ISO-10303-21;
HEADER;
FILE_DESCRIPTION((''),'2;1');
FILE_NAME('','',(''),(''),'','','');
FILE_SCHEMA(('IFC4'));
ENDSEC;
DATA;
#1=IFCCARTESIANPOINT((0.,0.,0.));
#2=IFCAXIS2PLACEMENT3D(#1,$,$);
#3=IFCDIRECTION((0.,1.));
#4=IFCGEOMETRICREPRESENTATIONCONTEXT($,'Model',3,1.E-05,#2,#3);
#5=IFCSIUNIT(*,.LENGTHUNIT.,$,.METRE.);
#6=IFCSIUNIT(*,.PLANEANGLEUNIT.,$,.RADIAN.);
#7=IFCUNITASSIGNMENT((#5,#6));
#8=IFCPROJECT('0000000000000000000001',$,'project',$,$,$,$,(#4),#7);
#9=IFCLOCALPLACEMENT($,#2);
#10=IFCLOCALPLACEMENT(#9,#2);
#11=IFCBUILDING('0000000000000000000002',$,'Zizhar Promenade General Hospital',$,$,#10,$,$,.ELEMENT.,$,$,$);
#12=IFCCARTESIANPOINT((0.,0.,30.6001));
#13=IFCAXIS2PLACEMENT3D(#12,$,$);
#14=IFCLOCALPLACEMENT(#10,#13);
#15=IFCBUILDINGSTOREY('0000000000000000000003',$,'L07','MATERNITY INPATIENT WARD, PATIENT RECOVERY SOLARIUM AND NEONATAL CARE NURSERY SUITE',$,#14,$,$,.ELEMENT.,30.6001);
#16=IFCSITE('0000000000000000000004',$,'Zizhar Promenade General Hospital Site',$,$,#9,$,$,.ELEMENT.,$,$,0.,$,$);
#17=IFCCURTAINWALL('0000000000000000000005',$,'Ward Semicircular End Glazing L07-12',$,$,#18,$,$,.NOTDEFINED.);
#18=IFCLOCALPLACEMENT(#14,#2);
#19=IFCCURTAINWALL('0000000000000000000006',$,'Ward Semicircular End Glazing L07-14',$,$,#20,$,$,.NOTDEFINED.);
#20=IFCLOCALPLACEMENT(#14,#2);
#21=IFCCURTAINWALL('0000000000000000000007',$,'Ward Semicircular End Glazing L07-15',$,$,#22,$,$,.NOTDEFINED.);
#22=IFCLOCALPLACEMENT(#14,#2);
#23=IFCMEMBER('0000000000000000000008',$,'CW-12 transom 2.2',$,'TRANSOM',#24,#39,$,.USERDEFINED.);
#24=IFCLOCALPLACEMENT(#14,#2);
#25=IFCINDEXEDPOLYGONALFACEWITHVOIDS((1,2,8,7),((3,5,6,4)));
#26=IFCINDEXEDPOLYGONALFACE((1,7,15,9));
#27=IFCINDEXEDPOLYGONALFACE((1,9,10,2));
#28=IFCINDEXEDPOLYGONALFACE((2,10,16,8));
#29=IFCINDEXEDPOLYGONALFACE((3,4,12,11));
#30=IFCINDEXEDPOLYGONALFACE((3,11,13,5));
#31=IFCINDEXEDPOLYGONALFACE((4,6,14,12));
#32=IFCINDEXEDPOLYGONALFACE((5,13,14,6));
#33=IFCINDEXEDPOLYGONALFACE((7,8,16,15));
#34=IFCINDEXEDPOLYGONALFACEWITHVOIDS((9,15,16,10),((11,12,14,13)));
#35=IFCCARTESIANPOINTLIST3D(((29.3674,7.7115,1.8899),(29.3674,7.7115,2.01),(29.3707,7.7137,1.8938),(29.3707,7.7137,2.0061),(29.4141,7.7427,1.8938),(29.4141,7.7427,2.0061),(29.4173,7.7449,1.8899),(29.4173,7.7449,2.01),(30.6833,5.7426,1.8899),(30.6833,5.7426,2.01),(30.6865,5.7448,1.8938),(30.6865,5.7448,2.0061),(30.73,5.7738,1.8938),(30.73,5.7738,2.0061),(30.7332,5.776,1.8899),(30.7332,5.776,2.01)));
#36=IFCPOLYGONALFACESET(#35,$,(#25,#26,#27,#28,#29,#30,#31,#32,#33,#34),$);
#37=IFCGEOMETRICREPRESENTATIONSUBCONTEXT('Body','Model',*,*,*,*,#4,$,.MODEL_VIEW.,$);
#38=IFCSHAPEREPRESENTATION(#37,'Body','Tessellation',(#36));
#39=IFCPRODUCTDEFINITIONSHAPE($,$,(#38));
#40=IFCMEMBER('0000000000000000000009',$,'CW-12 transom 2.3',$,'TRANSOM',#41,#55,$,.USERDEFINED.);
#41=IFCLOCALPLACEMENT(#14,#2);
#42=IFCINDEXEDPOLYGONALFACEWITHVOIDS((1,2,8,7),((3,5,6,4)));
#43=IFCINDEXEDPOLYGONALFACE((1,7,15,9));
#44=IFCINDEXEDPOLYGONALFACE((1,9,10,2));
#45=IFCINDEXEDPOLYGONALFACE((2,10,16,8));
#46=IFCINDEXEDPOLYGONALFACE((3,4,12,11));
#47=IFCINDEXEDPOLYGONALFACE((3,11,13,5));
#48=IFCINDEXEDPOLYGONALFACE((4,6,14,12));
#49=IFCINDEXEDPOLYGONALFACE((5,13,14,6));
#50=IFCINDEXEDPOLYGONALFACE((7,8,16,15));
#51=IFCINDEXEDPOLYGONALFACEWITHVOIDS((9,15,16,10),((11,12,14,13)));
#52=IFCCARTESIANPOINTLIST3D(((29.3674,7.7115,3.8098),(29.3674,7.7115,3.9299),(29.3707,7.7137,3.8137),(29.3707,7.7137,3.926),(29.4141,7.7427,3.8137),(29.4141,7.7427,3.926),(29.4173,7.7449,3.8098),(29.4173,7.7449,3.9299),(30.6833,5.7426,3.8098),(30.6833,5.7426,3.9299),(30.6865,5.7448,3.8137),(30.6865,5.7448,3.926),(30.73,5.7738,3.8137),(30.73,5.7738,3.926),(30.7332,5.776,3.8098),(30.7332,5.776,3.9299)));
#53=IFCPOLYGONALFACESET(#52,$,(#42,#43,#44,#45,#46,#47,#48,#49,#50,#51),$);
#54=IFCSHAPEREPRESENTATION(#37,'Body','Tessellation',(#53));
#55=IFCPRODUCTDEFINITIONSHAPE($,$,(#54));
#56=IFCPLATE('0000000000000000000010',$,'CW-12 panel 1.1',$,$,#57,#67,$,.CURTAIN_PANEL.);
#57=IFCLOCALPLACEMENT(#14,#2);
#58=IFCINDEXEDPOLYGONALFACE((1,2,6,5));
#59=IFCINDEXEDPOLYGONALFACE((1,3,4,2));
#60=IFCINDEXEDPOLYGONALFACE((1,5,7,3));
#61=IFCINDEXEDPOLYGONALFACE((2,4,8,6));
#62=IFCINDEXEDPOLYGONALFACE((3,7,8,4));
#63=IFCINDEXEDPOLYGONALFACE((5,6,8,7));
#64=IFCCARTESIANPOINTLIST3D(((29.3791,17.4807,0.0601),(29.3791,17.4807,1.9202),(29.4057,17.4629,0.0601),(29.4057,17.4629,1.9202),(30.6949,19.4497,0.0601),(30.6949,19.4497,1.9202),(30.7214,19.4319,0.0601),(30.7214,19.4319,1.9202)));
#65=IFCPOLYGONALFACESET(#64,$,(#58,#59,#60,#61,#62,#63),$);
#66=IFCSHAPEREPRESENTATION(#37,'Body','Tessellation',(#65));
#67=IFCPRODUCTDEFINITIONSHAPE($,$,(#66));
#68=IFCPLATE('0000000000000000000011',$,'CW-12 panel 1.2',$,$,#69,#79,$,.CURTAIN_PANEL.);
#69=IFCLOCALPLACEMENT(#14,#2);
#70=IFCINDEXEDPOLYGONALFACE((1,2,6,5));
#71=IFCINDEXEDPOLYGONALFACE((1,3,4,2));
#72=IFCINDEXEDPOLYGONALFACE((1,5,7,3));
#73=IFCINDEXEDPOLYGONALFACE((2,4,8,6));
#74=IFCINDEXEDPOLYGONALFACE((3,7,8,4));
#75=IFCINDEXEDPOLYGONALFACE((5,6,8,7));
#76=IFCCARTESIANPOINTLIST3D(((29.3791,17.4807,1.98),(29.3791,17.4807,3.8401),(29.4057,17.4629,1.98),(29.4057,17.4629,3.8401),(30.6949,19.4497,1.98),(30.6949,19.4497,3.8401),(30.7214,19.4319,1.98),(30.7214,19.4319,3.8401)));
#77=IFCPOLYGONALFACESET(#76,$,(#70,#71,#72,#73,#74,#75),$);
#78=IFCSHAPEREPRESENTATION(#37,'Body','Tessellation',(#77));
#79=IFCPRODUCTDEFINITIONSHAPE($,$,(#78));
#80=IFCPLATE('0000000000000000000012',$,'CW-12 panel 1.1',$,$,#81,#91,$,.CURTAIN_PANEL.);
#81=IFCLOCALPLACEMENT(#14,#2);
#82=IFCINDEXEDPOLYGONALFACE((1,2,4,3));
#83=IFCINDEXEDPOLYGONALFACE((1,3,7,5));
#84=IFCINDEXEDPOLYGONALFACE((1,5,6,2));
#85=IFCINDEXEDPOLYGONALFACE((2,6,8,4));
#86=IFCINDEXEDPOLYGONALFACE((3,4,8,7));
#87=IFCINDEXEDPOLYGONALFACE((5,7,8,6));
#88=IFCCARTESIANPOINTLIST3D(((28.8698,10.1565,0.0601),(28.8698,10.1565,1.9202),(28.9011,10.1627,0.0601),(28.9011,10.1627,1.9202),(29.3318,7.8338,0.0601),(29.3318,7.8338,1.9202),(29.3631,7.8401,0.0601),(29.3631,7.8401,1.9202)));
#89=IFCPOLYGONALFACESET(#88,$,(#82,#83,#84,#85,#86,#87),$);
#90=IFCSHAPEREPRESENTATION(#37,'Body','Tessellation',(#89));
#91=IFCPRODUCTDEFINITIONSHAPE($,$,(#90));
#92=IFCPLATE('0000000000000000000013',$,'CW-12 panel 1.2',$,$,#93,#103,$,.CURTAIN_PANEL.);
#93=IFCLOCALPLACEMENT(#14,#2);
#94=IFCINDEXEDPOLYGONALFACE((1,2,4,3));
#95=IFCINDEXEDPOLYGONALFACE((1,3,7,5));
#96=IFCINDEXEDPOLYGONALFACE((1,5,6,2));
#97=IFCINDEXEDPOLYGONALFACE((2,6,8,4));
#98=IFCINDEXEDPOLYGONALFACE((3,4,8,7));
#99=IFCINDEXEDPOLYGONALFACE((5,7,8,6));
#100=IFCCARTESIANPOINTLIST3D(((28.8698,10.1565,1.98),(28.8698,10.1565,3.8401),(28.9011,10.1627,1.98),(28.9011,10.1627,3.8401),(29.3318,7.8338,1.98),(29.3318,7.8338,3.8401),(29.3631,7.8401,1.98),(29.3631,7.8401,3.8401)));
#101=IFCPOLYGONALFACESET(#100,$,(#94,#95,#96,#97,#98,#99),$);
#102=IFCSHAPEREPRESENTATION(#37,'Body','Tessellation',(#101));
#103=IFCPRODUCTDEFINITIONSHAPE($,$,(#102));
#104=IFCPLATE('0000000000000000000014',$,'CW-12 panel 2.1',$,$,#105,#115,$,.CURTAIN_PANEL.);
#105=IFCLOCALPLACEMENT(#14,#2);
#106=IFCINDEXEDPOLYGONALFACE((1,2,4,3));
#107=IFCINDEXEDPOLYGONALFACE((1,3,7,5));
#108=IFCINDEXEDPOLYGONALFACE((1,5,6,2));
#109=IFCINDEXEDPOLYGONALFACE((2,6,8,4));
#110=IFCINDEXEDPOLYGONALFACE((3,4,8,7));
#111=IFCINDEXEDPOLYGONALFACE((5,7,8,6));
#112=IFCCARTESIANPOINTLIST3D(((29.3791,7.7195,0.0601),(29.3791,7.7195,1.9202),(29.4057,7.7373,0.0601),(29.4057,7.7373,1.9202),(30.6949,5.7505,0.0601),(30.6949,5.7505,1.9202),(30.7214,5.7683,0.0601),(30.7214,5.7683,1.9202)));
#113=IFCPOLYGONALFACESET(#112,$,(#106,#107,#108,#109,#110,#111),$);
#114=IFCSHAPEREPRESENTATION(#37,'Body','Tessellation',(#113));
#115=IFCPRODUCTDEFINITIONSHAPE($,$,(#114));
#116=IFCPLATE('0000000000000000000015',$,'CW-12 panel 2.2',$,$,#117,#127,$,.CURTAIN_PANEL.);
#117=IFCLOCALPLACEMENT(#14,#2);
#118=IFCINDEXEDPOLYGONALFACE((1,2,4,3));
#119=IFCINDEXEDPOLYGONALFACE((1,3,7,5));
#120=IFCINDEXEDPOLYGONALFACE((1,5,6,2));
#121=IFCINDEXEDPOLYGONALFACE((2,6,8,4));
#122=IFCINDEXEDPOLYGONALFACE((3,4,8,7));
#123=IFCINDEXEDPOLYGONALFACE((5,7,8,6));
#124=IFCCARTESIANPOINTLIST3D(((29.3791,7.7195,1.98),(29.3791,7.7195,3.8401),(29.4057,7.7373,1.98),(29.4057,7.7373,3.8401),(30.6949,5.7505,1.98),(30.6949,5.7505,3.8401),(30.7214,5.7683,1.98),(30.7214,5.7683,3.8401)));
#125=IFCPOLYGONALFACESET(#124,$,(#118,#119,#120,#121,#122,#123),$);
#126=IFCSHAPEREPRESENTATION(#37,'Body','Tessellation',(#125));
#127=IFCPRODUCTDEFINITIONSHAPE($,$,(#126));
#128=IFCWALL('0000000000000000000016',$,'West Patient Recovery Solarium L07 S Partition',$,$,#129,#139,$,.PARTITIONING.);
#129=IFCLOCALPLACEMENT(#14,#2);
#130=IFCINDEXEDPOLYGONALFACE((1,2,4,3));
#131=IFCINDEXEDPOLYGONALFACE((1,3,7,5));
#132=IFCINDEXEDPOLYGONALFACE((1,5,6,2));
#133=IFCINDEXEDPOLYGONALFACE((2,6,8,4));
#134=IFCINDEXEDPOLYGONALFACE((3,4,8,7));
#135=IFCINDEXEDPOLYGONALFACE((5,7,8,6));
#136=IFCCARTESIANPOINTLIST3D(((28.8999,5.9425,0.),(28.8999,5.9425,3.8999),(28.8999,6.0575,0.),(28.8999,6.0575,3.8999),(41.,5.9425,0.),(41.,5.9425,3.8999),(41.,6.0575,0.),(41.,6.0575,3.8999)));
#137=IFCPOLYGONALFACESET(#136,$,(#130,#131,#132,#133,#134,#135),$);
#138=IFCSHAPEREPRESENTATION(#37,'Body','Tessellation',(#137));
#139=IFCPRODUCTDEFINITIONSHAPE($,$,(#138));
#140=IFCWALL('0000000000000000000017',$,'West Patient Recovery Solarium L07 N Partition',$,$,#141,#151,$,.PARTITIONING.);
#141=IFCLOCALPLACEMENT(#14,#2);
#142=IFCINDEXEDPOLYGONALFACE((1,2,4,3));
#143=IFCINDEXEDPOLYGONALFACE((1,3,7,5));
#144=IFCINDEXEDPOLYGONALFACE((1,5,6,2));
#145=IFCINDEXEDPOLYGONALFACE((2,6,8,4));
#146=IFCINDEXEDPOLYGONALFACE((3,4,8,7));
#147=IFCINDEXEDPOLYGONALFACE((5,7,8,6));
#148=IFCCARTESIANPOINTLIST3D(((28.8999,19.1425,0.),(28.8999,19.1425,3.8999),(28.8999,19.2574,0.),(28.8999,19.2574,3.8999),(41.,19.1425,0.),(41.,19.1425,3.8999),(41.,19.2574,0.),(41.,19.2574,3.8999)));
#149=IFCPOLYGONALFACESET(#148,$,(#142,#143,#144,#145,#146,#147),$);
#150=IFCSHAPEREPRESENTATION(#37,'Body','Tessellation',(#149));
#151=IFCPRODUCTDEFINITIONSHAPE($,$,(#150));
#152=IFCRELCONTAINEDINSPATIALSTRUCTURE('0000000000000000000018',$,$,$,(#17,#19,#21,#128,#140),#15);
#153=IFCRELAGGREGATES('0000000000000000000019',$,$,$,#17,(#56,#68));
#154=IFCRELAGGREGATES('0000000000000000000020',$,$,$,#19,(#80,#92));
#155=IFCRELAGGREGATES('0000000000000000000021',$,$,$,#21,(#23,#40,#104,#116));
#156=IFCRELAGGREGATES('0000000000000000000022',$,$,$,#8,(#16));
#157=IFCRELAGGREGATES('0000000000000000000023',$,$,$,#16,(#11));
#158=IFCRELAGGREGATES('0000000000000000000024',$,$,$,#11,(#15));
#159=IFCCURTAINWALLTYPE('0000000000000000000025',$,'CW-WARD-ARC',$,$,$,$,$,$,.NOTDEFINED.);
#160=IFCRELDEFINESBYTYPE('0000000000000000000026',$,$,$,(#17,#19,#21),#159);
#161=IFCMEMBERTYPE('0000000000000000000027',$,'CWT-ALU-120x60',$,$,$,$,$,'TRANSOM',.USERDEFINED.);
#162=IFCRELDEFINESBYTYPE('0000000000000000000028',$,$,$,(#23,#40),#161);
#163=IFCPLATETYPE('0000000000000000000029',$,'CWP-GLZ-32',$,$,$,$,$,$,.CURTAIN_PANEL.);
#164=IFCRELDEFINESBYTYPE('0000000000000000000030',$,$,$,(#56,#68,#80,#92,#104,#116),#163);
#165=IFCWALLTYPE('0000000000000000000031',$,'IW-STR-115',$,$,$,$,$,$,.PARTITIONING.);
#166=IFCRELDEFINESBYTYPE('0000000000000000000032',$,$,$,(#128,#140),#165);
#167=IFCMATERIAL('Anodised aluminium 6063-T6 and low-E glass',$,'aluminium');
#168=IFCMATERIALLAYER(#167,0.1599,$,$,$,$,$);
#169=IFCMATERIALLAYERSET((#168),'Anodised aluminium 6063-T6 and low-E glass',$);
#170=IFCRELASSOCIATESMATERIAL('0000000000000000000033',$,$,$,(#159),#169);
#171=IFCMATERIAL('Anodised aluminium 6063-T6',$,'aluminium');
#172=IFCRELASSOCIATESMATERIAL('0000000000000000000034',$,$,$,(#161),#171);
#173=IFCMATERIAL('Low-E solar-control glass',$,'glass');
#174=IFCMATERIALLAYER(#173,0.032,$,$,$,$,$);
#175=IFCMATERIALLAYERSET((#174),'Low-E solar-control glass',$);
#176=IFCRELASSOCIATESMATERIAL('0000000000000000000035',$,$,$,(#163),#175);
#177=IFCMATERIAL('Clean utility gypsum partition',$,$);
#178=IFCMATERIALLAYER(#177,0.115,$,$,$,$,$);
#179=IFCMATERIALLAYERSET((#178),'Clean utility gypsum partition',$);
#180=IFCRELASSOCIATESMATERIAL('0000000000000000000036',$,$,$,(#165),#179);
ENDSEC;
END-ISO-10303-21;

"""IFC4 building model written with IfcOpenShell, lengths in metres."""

from ifc_helpers import new_model, si_unit, direction, frame, frame_2d, origin, origin_2d, place, context, subcontext, project, spatial, rectangle, hollow_rectangle, extrude, material, layer, layer_set, material_profile, profile_set, type_object, element, aggregate, save


model = new_model("IFC4")

# Units and contexts
model_context = context("Model", 3, precision=1e-05, world=origin(), true_north=direction((0.0, 1.0)))
body_context = subcontext(model_context, "Body", "Model", "MODEL_VIEW")
ifc_project = project(units=[si_unit("LENGTHUNIT", "METRE"), si_unit("PLANEANGLEUNIT", "RADIAN")], contexts=[model_context])

# Site, building, storey
site_placement = place(None, origin())
site = spatial("IfcSite", under=ifc_project, at=site_placement, Name="Zizhar Promenade General Hospital Site", CompositionType="ELEMENT", RefElevation=0.0)
building_placement = place(site_placement, origin())
building = spatial("IfcBuilding", under=site, at=building_placement, Name="Zizhar Promenade General Hospital", CompositionType="ELEMENT")
storey_placement = place(building_placement, frame((0.0, 0.0, 30.6001)))
storey = spatial("IfcBuildingStorey", under=building, at=storey_placement, Name="L07", Description="MATERNITY INPATIENT WARD, PATIENT RECOVERY SOLARIUM AND NEONATAL CARE NURSERY SUITE", CompositionType="ELEMENT", Elevation=30.6001)

# Curtain walls
ifc_material_1 = material(Name="Anodised aluminium 6063-T6 and low-E glass", Category="aluminium")
ifc_layer_1 = layer(ifc_material_1, 0.1599)
ifc_layer_set_1 = layer_set([ifc_layer_1], Name="Anodised aluminium 6063-T6 and low-E glass")
curtain_wall_type = type_object("IfcCurtainWallType", Name="CW-WARD-ARC", PredefinedType="NOTDEFINED", material=ifc_layer_set_1)
curtain_wall_1_placement = place(storey_placement, origin())
curtain_wall_1 = element("IfcCurtainWall", 1, at=curtain_wall_1_placement, inside=storey, type_object=curtain_wall_type, Name="Ward Semicircular End Glazing L07-12", PredefinedType="NOTDEFINED")
curtain_wall_2_placement = place(storey_placement, origin())
curtain_wall_2 = element("IfcCurtainWall", 2, at=curtain_wall_2_placement, inside=storey, type_object=curtain_wall_type, Name="Ward Semicircular End Glazing L07-14", PredefinedType="NOTDEFINED")
curtain_wall_3_placement = place(storey_placement, origin())
curtain_wall_3 = element("IfcCurtainWall", 3, at=curtain_wall_3_placement, inside=storey, type_object=curtain_wall_type, Name="Ward Semicircular End Glazing L07-15", PredefinedType="NOTDEFINED")

# Members
ifc_material_2 = material(Name="Anodised aluminium 6063-T6", Category="aluminium")
ifc_material_profile_1 = material_profile(ifc_material_2, hollow_rectangle(XDim=0.0601, YDim=0.1201, WallThickness=0.0039, at=origin_2d()))
ifc_profile_set_1 = profile_set([ifc_material_profile_1], Name="Anodised aluminium 6063-T6")
member_type_1 = type_object("IfcMemberType", Name="CWT-ALU-120x60", ElementType="TRANSOM", PredefinedType="USERDEFINED", material=ifc_profile_set_1)
member_1_placement = place(storey_placement, frame((30.7083, 5.7593, 1.95), z_axis=(-0.555651, 0.831415, 0.0), x_axis=(-0.831415, -0.555651, 0.0)))
member_1 = element("IfcMember", 4, at=member_1_placement, type_object=member_type_1, Name="CW-12 transom 2.2", ObjectType="TRANSOM", PredefinedType="USERDEFINED", context=body_context, shape_type="SweptSolid", body=[
    extrude(hollow_rectangle(XDim=0.0601, YDim=0.1201, WallThickness=0.0039, at=origin_2d()), origin(), (0.0, 0.0, 1.0), 2.3682),
])
member_2_placement = place(storey_placement, frame((30.7083, 5.7593, 3.8699), z_axis=(-0.555651, 0.831415, 0.0), x_axis=(-0.831415, -0.555651, 0.0)))
member_2 = element("IfcMember", 5, at=member_2_placement, type_object=member_type_1, Name="CW-12 transom 2.3", ObjectType="TRANSOM", PredefinedType="USERDEFINED", context=body_context, shape_type="SweptSolid", body=[
    extrude(hollow_rectangle(XDim=0.0601, YDim=0.1201, WallThickness=0.0039, at=origin_2d()), origin(), (0.0, 0.0, 1.0), 2.3682),
])

# Plates
ifc_material_3 = material(Name="Low-E solar-control glass", Category="glass")
ifc_layer_2 = layer(ifc_material_3, 0.032)
ifc_layer_set_2 = layer_set([ifc_layer_2], Name="Low-E solar-control glass")
plate_type = type_object("IfcPlateType", Name="CWP-GLZ-32", PredefinedType="CURTAIN_PANEL", material=ifc_layer_set_2)
plate_1_placement = place(storey_placement, frame((30.0503, 18.4563, 0.0601), z_axis=(0.0, 0.0, 1.0), x_axis=(0.555582, 0.831462, 0.0)))
plate_1 = element("IfcPlate", 6, at=plate_1_placement, type_object=plate_type, Name="CW-12 panel 1.1", PredefinedType="CURTAIN_PANEL", context=body_context, shape_type="SweptSolid", body=[
    extrude(rectangle(XDim=2.3682, YDim=0.032, at=origin_2d()), origin(), (0.0, 0.0, 1.0), 1.8601),
])
plate_2_placement = place(storey_placement, frame((30.0503, 18.4563, 1.98), z_axis=(0.0, 0.0, 1.0), x_axis=(0.555582, 0.831462, 0.0)))
plate_2 = element("IfcPlate", 7, at=plate_2_placement, type_object=plate_type, Name="CW-12 panel 1.2", PredefinedType="CURTAIN_PANEL", context=body_context, shape_type="SweptSolid", body=[
    extrude(rectangle(XDim=2.3682, YDim=0.032, at=origin_2d()), origin(), (0.0, 0.0, 1.0), 1.8601),
])
aggregate(curtain_wall_1, [plate_1, plate_2])
plate_3_placement = place(storey_placement, frame((29.1165, 8.9983, 0.0601), z_axis=(0.0, 0.0, 1.0), x_axis=(-0.195087, 0.980786, 0.0)))
plate_3 = element("IfcPlate", 8, at=plate_3_placement, type_object=plate_type, Name="CW-12 panel 1.1", PredefinedType="CURTAIN_PANEL", context=body_context, shape_type="SweptSolid", body=[
    extrude(rectangle(XDim=2.3682, YDim=0.032, at=origin_2d()), origin(), (0.0, 0.0, 1.0), 1.8601),
])
plate_4_placement = place(storey_placement, frame((29.1165, 8.9983, 1.98), z_axis=(0.0, 0.0, 1.0), x_axis=(-0.195087, 0.980786, 0.0)))
plate_4 = element("IfcPlate", 9, at=plate_4_placement, type_object=plate_type, Name="CW-12 panel 1.2", PredefinedType="CURTAIN_PANEL", context=body_context, shape_type="SweptSolid", body=[
    extrude(rectangle(XDim=2.3682, YDim=0.032, at=origin_2d()), origin(), (0.0, 0.0, 1.0), 1.8601),
])
aggregate(curtain_wall_2, [plate_3, plate_4])
plate_5_placement = place(storey_placement, frame((30.0503, 6.7439, 0.0601), z_axis=(0.0, 0.0, 1.0), x_axis=(-0.555582, 0.831462, 0.0)))
plate_5 = element("IfcPlate", 10, at=plate_5_placement, type_object=plate_type, Name="CW-12 panel 2.1", PredefinedType="CURTAIN_PANEL", context=body_context, shape_type="SweptSolid", body=[
    extrude(rectangle(XDim=2.3682, YDim=0.032, at=origin_2d()), origin(), (0.0, 0.0, 1.0), 1.8601),
])
plate_6_placement = place(storey_placement, frame((30.0503, 6.7439, 1.98), z_axis=(0.0, 0.0, 1.0), x_axis=(-0.555582, 0.831462, 0.0)))
plate_6 = element("IfcPlate", 11, at=plate_6_placement, type_object=plate_type, Name="CW-12 panel 2.2", PredefinedType="CURTAIN_PANEL", context=body_context, shape_type="SweptSolid", body=[
    extrude(rectangle(XDim=2.3682, YDim=0.032, at=origin_2d()), origin(), (0.0, 0.0, 1.0), 1.8601),
])
aggregate(curtain_wall_3, [member_1, member_2, plate_5, plate_6])

# Walls
ifc_material_4 = material(Name="Clean utility gypsum partition")
ifc_layer_3 = layer(ifc_material_4, 0.115)
ifc_layer_set_3 = layer_set([ifc_layer_3], Name="Clean utility gypsum partition")
wall_type = type_object("IfcWallType", Name="IW-STR-115", PredefinedType="PARTITIONING", material=ifc_layer_set_3)
for number, where, z_axis, x_axis, name in (
    (12, (28.8999, 6.0, 0.0), (0.0, 0.0, 1.0), (1.0, 0.0, 0.0), "West Patient Recovery Solarium L07 S Partition"),
    (13, (28.8999, 19.2, 0.0), (0.0, 0.0, 1.0), (1.0, 0.0, 0.0), "West Patient Recovery Solarium L07 N Partition"),
):
    element("IfcWall", number, at=place(storey_placement, frame(where, z_axis=z_axis, x_axis=x_axis)), inside=storey, type_object=wall_type, Name=name, PredefinedType="PARTITIONING", context=body_context, shape_type="SweptSolid", body=[
        extrude(rectangle(XDim=12.1001, YDim=0.115, at=frame_2d((6.05, 0.0))), origin(), (0.0, 0.0, 1.0), 3.8999),
    ])

save(model, "model.ifc")
